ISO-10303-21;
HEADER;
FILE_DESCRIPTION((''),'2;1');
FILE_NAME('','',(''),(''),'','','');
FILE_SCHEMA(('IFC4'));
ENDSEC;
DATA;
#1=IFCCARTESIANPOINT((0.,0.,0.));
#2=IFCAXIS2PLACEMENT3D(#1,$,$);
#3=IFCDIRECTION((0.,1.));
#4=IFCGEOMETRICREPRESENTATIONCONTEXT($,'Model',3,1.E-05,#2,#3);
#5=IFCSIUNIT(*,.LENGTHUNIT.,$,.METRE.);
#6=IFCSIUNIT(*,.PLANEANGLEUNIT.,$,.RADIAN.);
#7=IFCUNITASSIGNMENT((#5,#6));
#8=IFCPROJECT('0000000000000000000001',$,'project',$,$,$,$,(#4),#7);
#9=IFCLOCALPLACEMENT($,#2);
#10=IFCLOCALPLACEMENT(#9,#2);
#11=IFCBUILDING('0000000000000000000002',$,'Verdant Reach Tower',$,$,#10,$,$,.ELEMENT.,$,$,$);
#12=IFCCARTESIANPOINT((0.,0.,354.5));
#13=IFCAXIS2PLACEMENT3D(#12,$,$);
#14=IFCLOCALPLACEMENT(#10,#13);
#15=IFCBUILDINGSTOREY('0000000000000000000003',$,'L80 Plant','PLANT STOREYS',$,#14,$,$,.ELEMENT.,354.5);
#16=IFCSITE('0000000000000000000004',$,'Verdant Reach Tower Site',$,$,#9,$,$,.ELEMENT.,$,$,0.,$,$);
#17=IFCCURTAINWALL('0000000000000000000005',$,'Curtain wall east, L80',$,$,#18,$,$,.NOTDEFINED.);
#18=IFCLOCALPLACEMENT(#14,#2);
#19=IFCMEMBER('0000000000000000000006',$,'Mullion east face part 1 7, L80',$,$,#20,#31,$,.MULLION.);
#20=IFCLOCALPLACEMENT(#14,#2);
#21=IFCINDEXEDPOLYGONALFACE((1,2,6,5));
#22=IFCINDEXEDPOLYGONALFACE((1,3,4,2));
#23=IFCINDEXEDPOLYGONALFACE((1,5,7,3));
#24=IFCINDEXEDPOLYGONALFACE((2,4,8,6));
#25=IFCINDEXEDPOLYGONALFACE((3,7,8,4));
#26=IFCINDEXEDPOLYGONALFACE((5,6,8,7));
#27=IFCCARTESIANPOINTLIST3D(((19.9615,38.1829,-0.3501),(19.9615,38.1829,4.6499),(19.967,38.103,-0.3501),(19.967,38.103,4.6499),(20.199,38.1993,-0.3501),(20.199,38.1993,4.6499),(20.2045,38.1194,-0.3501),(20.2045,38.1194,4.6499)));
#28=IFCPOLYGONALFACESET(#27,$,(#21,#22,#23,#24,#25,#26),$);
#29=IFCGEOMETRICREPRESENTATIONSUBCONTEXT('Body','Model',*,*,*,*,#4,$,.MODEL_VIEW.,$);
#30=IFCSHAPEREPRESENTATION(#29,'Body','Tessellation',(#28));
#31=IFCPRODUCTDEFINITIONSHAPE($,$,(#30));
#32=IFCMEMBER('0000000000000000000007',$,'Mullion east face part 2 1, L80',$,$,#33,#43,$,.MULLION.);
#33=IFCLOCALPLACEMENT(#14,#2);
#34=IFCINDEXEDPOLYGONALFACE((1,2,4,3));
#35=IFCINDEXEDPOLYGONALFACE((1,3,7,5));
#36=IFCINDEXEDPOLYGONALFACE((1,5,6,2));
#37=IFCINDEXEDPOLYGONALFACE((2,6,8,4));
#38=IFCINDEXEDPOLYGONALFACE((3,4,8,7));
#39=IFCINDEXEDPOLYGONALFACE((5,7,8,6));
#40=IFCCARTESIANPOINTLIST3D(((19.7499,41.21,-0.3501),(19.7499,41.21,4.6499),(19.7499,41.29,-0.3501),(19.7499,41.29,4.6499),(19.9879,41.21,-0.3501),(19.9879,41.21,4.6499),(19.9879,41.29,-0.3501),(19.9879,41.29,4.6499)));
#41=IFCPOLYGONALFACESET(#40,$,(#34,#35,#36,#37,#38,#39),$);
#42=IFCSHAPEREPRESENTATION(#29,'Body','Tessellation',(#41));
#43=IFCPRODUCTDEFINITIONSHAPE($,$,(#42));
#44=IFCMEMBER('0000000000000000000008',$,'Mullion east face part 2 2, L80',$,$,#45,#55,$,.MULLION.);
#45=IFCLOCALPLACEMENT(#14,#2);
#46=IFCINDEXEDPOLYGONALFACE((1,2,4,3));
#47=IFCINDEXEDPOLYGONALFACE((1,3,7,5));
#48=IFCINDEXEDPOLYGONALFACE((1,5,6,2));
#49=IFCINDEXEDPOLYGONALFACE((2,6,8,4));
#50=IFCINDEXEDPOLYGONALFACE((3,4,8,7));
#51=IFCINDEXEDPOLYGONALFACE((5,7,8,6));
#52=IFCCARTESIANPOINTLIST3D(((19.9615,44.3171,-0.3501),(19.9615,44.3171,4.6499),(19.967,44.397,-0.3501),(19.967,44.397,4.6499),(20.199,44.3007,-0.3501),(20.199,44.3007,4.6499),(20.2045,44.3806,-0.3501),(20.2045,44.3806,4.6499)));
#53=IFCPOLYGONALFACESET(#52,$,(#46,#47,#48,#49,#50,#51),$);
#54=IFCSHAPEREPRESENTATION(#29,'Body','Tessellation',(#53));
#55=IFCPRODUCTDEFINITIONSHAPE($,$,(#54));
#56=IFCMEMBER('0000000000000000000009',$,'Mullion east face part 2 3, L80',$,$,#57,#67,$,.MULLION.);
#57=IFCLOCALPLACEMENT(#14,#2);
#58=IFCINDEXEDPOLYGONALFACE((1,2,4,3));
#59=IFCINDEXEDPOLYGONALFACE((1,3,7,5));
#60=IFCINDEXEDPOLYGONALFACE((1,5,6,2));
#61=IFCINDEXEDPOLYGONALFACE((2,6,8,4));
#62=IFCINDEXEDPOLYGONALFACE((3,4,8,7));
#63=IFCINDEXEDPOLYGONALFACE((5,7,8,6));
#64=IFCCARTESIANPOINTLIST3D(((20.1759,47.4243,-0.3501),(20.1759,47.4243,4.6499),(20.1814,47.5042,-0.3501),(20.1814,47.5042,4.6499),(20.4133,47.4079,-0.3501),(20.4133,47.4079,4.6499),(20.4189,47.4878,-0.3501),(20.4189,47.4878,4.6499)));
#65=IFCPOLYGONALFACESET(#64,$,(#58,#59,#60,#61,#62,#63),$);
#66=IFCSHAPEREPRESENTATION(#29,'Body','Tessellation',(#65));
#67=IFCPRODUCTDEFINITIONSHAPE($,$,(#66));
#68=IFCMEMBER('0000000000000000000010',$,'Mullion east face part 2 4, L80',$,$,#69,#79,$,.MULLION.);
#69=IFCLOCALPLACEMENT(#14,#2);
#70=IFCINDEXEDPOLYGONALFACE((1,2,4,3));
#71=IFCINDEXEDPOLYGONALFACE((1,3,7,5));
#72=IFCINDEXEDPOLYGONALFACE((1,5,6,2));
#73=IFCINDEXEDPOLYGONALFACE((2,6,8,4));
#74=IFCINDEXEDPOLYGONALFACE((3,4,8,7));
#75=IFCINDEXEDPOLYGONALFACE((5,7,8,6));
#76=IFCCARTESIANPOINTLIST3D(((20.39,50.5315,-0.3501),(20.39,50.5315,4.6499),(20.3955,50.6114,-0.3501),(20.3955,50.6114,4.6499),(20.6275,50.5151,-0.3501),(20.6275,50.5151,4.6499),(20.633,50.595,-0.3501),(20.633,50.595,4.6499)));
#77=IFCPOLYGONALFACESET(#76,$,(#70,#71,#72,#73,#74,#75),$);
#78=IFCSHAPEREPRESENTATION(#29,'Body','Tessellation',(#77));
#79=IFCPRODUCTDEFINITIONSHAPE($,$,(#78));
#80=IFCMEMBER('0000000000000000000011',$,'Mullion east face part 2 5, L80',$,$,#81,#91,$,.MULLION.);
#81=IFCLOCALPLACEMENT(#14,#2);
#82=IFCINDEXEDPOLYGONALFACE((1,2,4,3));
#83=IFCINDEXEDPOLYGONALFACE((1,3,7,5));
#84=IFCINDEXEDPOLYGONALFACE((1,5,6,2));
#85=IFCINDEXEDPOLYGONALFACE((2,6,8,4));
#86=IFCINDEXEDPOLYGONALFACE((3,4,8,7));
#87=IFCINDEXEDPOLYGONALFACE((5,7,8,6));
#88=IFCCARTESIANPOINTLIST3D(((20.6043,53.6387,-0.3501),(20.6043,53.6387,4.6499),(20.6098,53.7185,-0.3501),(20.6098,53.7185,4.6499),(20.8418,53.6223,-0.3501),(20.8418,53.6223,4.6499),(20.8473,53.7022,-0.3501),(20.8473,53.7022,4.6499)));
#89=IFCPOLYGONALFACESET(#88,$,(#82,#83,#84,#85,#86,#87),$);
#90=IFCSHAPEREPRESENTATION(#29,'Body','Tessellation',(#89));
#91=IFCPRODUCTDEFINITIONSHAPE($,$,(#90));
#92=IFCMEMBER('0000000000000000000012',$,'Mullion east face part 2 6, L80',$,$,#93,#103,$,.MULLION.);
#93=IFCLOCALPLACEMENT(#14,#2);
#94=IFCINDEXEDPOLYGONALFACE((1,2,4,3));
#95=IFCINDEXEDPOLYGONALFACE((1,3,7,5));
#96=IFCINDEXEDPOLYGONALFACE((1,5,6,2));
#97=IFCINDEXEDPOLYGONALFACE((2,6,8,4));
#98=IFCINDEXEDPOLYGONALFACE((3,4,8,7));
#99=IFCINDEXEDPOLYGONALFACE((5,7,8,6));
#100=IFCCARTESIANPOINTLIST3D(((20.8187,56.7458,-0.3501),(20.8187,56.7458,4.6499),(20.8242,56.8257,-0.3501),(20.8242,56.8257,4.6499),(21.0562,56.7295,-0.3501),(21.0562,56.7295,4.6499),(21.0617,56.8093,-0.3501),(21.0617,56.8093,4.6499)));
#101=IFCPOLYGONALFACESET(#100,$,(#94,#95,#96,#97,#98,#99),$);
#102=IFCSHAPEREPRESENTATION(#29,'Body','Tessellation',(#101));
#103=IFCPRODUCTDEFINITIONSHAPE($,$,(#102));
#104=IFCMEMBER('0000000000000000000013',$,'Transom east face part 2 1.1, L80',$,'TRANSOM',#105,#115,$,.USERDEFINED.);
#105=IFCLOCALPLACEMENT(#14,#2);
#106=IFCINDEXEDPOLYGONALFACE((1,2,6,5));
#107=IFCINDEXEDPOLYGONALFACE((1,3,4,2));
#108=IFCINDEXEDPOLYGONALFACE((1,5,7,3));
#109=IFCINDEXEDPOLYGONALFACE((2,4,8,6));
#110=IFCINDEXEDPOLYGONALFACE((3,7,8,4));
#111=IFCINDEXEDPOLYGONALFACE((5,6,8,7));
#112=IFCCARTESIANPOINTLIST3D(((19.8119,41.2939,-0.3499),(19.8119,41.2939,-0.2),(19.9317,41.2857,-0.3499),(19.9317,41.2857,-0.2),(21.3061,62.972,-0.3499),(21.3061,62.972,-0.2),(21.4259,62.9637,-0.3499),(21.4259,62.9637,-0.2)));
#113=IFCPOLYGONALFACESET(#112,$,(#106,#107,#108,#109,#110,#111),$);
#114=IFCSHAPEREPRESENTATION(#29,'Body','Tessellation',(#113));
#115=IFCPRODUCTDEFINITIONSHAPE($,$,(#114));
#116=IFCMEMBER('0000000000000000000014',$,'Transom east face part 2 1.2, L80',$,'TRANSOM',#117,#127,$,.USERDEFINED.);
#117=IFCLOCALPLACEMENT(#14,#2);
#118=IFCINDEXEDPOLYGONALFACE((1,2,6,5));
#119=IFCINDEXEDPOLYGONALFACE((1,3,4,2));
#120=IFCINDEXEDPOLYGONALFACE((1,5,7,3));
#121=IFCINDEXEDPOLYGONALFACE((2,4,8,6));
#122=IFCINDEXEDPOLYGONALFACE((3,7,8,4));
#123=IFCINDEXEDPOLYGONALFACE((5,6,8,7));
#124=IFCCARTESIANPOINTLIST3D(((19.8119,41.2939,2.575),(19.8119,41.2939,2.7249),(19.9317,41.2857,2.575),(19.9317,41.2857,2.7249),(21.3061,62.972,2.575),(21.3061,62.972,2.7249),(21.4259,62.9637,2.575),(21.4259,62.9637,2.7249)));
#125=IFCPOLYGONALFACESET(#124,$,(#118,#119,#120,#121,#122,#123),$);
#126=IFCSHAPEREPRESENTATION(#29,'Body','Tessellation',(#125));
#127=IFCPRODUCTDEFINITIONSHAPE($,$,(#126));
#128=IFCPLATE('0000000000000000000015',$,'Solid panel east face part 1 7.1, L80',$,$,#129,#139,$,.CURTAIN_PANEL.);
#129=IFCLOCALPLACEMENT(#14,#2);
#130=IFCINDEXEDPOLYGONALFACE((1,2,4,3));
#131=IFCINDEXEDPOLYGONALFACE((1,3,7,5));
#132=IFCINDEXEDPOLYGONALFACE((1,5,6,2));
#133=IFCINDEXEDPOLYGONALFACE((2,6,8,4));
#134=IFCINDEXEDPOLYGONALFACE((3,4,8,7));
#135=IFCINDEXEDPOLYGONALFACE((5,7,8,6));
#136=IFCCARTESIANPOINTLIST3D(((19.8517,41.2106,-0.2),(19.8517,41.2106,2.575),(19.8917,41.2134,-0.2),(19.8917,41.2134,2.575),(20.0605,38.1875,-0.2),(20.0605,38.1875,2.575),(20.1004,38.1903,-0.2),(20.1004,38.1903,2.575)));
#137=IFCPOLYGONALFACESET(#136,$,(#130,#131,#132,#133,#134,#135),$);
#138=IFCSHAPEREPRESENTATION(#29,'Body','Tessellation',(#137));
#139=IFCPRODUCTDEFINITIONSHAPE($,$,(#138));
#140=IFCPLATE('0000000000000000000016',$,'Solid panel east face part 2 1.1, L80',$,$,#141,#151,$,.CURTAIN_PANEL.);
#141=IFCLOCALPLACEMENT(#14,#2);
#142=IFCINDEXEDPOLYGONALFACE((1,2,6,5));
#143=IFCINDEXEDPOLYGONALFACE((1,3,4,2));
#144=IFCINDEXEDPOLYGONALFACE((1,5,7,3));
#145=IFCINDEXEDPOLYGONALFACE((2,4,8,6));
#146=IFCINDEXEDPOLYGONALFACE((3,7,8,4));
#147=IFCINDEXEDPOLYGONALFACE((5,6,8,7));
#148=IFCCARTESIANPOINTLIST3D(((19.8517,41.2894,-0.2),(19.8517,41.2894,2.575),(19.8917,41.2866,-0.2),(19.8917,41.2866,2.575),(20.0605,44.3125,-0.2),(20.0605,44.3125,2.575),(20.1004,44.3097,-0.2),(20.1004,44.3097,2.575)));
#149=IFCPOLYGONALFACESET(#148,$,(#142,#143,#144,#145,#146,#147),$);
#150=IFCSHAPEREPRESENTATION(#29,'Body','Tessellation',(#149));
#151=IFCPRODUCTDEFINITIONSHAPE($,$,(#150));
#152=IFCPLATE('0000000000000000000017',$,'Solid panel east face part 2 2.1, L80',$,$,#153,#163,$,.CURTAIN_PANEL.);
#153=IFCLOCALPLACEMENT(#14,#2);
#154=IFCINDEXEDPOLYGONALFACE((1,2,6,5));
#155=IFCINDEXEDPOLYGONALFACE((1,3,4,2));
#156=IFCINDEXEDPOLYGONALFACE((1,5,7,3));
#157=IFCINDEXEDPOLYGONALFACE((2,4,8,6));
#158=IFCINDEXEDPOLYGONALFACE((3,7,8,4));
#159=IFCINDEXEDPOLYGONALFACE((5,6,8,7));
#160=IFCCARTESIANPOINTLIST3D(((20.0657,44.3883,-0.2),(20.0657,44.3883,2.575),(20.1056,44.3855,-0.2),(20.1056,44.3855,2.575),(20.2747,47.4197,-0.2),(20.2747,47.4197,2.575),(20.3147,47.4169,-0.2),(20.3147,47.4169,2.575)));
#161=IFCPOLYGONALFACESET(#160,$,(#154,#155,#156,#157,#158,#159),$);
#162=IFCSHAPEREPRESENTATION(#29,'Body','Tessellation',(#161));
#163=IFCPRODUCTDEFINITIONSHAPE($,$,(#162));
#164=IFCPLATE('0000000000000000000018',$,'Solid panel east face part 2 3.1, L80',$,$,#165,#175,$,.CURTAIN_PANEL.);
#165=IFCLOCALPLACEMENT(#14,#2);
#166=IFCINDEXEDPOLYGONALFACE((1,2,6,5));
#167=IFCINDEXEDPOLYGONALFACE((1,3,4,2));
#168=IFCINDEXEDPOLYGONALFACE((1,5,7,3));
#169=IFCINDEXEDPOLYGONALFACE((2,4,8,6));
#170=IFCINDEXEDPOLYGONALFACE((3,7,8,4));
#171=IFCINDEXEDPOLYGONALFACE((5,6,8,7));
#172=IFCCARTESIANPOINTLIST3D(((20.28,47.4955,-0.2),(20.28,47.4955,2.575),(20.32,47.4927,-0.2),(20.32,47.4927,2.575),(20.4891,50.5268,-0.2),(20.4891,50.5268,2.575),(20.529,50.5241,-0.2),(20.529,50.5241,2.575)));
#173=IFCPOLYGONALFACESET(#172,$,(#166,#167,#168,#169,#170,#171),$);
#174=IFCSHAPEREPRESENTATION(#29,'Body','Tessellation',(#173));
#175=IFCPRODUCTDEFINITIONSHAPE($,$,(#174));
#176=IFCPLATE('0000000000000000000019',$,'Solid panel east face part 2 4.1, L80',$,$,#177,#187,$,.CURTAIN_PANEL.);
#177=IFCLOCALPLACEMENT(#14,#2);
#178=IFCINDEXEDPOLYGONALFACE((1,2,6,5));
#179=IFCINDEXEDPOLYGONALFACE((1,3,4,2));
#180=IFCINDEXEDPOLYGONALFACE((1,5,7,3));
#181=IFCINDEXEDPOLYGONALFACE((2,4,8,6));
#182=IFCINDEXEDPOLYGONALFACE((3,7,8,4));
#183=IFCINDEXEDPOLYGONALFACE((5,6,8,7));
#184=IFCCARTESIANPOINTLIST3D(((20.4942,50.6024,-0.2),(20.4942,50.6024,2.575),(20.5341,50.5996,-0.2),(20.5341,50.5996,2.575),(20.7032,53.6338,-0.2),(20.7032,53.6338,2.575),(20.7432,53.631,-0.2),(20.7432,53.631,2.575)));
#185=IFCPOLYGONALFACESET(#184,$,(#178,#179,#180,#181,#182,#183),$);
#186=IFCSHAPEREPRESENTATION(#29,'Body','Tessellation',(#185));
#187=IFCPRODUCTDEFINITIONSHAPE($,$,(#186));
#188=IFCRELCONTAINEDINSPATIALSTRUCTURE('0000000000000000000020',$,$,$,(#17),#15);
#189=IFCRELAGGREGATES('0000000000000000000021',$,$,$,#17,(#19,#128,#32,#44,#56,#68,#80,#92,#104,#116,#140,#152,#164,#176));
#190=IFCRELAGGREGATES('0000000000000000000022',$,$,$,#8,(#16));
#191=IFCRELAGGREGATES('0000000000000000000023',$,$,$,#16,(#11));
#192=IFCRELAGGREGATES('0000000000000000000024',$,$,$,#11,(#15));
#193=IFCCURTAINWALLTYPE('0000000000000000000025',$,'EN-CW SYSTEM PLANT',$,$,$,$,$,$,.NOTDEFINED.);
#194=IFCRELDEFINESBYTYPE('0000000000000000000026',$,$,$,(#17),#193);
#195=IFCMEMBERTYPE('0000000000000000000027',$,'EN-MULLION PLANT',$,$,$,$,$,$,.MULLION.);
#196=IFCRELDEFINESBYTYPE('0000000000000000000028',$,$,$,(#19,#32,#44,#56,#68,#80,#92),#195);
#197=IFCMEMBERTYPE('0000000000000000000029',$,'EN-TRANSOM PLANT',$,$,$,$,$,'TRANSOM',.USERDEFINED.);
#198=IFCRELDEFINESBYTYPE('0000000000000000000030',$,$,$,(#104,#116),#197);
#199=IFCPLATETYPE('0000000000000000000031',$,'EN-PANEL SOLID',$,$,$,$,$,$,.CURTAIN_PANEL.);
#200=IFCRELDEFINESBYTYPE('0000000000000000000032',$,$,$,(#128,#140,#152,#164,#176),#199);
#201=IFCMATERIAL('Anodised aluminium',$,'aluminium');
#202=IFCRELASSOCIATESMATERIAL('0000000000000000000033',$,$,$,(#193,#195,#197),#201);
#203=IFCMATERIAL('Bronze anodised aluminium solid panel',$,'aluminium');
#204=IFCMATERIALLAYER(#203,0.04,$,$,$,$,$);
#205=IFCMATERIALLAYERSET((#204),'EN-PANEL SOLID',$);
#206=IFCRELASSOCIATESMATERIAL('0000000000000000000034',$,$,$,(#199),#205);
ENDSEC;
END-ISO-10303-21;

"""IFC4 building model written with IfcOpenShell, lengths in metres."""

from ifc_helpers import new_model, si_unit, direction, frame, origin, origin_2d, place, context, subcontext, project, spatial, rectangle, extrude, material, layer, layer_set, material_profile, profile_set, type_object, element, aggregate, save


model = new_model("IFC4")

# Units and contexts
model_context = context("Model", 3, precision=1e-05, world=origin(), true_north=direction((0.0, 1.0)))
body_context = subcontext(model_context, "Body", "Model", "MODEL_VIEW")
ifc_project = project(units=[si_unit("LENGTHUNIT", "METRE"), si_unit("PLANEANGLEUNIT", "RADIAN")], contexts=[model_context])

# Site, building, storey
site_placement = place(None, origin())
site = spatial("IfcSite", under=ifc_project, at=site_placement, Name="Verdant Reach Tower Site", CompositionType="ELEMENT", RefElevation=0.0)
building_placement = place(site_placement, origin())
building = spatial("IfcBuilding", under=site, at=building_placement, Name="Verdant Reach Tower", CompositionType="ELEMENT")
storey_placement = place(building_placement, frame((0.0, 0.0, 354.5)))
storey = spatial("IfcBuildingStorey", under=building, at=storey_placement, Name="L80 Plant", Description="PLANT STOREYS", CompositionType="ELEMENT", Elevation=354.5)

# Curtain wall, members, plates
ifc_material_1 = material(Name="Anodised aluminium", Category="aluminium")
curtain_wall_type = type_object("IfcCurtainWallType", Name="EN-CW SYSTEM PLANT", PredefinedType="NOTDEFINED", material=ifc_material_1)
curtain_wall_placement = place(storey_placement, origin())
curtain_wall = element("IfcCurtainWall", 1, at=curtain_wall_placement, inside=storey, type_object=curtain_wall_type, Name="Curtain wall east, L80", PredefinedType="NOTDEFINED")
ifc_material_profile_1 = material_profile(ifc_material_1, rectangle(XDim=0.238, YDim=0.0801, at=origin_2d()), Name="Mullion 80x240")
ifc_profile_set_1 = profile_set([ifc_material_profile_1], Name="Anodised aluminium")
member_type_1 = type_object("IfcMemberType", Name="EN-MULLION PLANT", PredefinedType="MULLION", material=ifc_profile_set_1)
member_1_placement = place(storey_placement, frame((20.083, 38.1511, -0.3501), z_axis=(0.0, 0.0, 1.0), x_axis=(0.99763, 0.068802, 0.0)))
member_1 = element("IfcMember", 2, at=member_1_placement, type_object=member_type_1, Name="Mullion east face part 1 7, L80", PredefinedType="MULLION", context=body_context, shape_type="SweptSolid", body=[
    extrude(rectangle(XDim=0.238, YDim=0.0801, at=origin_2d()), origin(), (0.0, 0.0, 1.0), 5.0),
])
member_2_placement = place(storey_placement, frame((19.8689, 41.25, -0.3501), z_axis=(0.0, 0.0, 1.0), x_axis=(1.0, 0.0, 0.0)))
member_2 = element("IfcMember", 3, at=member_2_placement, type_object=member_type_1, Name="Mullion east face part 2 1, L80", PredefinedType="MULLION", context=body_context, shape_type="SweptSolid", body=[
    extrude(rectangle(XDim=0.238, YDim=0.0801, at=origin_2d()), origin(), (0.0, 0.0, 1.0), 5.0),
])
member_3_placement = place(storey_placement, frame((20.083, 44.3489, -0.3501), z_axis=(0.0, 0.0, 1.0), x_axis=(0.99763, -0.068802, 0.0)))
member_3 = element("IfcMember", 4, at=member_3_placement, type_object=member_type_1, Name="Mullion east face part 2 2, L80", PredefinedType="MULLION", context=body_context, shape_type="SweptSolid", body=[
    extrude(rectangle(XDim=0.238, YDim=0.0801, at=origin_2d()), origin(), (0.0, 0.0, 1.0), 5.0),
])
member_4_placement = place(storey_placement, frame((20.2974, 47.4561, -0.3501), z_axis=(0.0, 0.0, 1.0), x_axis=(0.99763, -0.068802, 0.0)))
member_4 = element("IfcMember", 5, at=member_4_placement, type_object=member_type_1, Name="Mullion east face part 2 3, L80", PredefinedType="MULLION", context=body_context, shape_type="SweptSolid", body=[
    extrude(rectangle(XDim=0.238, YDim=0.0801, at=origin_2d()), origin(), (0.0, 0.0, 1.0), 5.0),
])
member_5_placement = place(storey_placement, frame((20.5115, 50.5632, -0.3501), z_axis=(0.0, 0.0, 1.0), x_axis=(0.99763, -0.068802, 0.0)))
member_5 = element("IfcMember", 6, at=member_5_placement, type_object=member_type_1, Name="Mullion east face part 2 4, L80", PredefinedType="MULLION", context=body_context, shape_type="SweptSolid", body=[
    extrude(rectangle(XDim=0.238, YDim=0.0801, at=origin_2d()), origin(), (0.0, 0.0, 1.0), 5.0),
])
member_6_placement = place(storey_placement, frame((20.7258, 53.6704, -0.3501), z_axis=(0.0, 0.0, 1.0), x_axis=(0.99763, -0.068802, 0.0)))
member_6 = element("IfcMember", 7, at=member_6_placement, type_object=member_type_1, Name="Mullion east face part 2 5, L80", PredefinedType="MULLION", context=body_context, shape_type="SweptSolid", body=[
    extrude(rectangle(XDim=0.238, YDim=0.0801, at=origin_2d()), origin(), (0.0, 0.0, 1.0), 5.0),
])
member_7_placement = place(storey_placement, frame((20.9402, 56.7776, -0.3501), z_axis=(0.0, 0.0, 1.0), x_axis=(0.99763, -0.068802, 0.0)))
member_7 = element("IfcMember", 8, at=member_7_placement, type_object=member_type_1, Name="Mullion east face part 2 6, L80", PredefinedType="MULLION", context=body_context, shape_type="SweptSolid", body=[
    extrude(rectangle(XDim=0.238, YDim=0.0801, at=origin_2d()), origin(), (0.0, 0.0, 1.0), 5.0),
])
ifc_material_profile_2 = material_profile(ifc_material_1, rectangle(XDim=0.1201, YDim=0.1499, at=origin_2d()), Name="Transom 150x120")
ifc_profile_set_2 = profile_set([ifc_material_profile_2], Name="Anodised aluminium")
member_type_2 = type_object("IfcMemberType", Name="EN-TRANSOM PLANT", ElementType="TRANSOM", PredefinedType="USERDEFINED", material=ifc_profile_set_2)
member_8_placement = place(storey_placement, frame((19.8718, 41.2898, -0.2749), z_axis=(0.068761, 0.997633, 0.0), x_axis=(-0.997633, 0.068761, 0.0)))
member_8 = element("IfcMember", 9, at=member_8_placement, type_object=member_type_2, Name="Transom east face part 2 1.1, L80", ObjectType="TRANSOM", PredefinedType="USERDEFINED", context=body_context, shape_type="SweptSolid", body=[
    extrude(rectangle(XDim=0.1201, YDim=0.1499, at=origin_2d()), origin(), (0.0, 0.0, 1.0), 21.7295),
])
member_9_placement = place(storey_placement, frame((19.8718, 41.2898, 2.6499), z_axis=(0.068761, 0.997633, 0.0), x_axis=(-0.997633, 0.068761, 0.0)))
member_9 = element("IfcMember", 10, at=member_9_placement, type_object=member_type_2, Name="Transom east face part 2 1.2, L80", ObjectType="TRANSOM", PredefinedType="USERDEFINED", context=body_context, shape_type="SweptSolid", body=[
    extrude(rectangle(XDim=0.1201, YDim=0.1499, at=origin_2d()), origin(), (0.0, 0.0, 1.0), 21.7295),
])
ifc_material_2 = material(Name="Bronze anodised aluminium solid panel", Category="aluminium")
ifc_layer_1 = layer(ifc_material_2, 0.04)
ifc_layer_set_1 = layer_set([ifc_layer_1], Name="EN-PANEL SOLID")
plate_type = type_object("IfcPlateType", Name="EN-PANEL SOLID", PredefinedType="CURTAIN_PANEL", material=ifc_layer_set_1)
plate_1_placement = place(storey_placement, frame((19.9761, 39.7004, -0.2), z_axis=(0.0, 0.0, 1.0), x_axis=(-0.068893, 0.997624, 0.0)))
plate_1 = element("IfcPlate", 11, at=plate_1_placement, type_object=plate_type, Name="Solid panel east face part 1 7.1, L80", PredefinedType="CURTAIN_PANEL", context=body_context, shape_type="SweptSolid", body=[
    extrude(rectangle(XDim=3.0303, YDim=0.04, at=origin_2d()), origin(), (0.0, 0.0, 1.0), 2.7749),
])
plate_2_placement = place(storey_placement, frame((19.9761, 42.7996, -0.2), z_axis=(0.0, 0.0, 1.0), x_axis=(0.068893, 0.997624, 0.0)))
plate_2 = element("IfcPlate", 12, at=plate_2_placement, type_object=plate_type, Name="Solid panel east face part 2 1.1, L80", PredefinedType="CURTAIN_PANEL", context=body_context, shape_type="SweptSolid", body=[
    extrude(rectangle(XDim=3.0303, YDim=0.04, at=origin_2d()), origin(), (0.0, 0.0, 1.0), 2.7749),
])
plate_3_placement = place(storey_placement, frame((20.1902, 45.9026, -0.2), z_axis=(0.0, 0.0, 1.0), x_axis=(0.068802, 0.99763, 0.0)))
plate_3 = element("IfcPlate", 13, at=plate_3_placement, type_object=plate_type, Name="Solid panel east face part 2 2.1, L80", PredefinedType="CURTAIN_PANEL", context=body_context, shape_type="SweptSolid", body=[
    extrude(rectangle(XDim=3.0386, YDim=0.04, at=origin_2d()), origin(), (0.0, 0.0, 1.0), 2.7749),
])
plate_4_placement = place(storey_placement, frame((20.4045, 49.0098, -0.2), z_axis=(0.0, 0.0, 1.0), x_axis=(0.068802, 0.99763, 0.0)))
plate_4 = element("IfcPlate", 14, at=plate_4_placement, type_object=plate_type, Name="Solid panel east face part 2 3.1, L80", PredefinedType="CURTAIN_PANEL", context=body_context, shape_type="SweptSolid", body=[
    extrude(rectangle(XDim=3.0386, YDim=0.04, at=origin_2d()), origin(), (0.0, 0.0, 1.0), 2.7749),
])
plate_5_placement = place(storey_placement, frame((20.6187, 52.1167, -0.2), z_axis=(0.0, 0.0, 1.0), x_axis=(0.068802, 0.99763, 0.0)))
plate_5 = element("IfcPlate", 15, at=plate_5_placement, type_object=plate_type, Name="Solid panel east face part 2 4.1, L80", PredefinedType="CURTAIN_PANEL", context=body_context, shape_type="SweptSolid", body=[
    extrude(rectangle(XDim=3.0386, YDim=0.04, at=origin_2d()), origin(), (0.0, 0.0, 1.0), 2.7749),
])

aggregate(curtain_wall, [member_1, plate_1, member_2, member_3, member_4, member_5, member_6, member_7, member_8, member_9, plate_2, plate_3, plate_4, plate_5])

save(model, "model.ifc")
